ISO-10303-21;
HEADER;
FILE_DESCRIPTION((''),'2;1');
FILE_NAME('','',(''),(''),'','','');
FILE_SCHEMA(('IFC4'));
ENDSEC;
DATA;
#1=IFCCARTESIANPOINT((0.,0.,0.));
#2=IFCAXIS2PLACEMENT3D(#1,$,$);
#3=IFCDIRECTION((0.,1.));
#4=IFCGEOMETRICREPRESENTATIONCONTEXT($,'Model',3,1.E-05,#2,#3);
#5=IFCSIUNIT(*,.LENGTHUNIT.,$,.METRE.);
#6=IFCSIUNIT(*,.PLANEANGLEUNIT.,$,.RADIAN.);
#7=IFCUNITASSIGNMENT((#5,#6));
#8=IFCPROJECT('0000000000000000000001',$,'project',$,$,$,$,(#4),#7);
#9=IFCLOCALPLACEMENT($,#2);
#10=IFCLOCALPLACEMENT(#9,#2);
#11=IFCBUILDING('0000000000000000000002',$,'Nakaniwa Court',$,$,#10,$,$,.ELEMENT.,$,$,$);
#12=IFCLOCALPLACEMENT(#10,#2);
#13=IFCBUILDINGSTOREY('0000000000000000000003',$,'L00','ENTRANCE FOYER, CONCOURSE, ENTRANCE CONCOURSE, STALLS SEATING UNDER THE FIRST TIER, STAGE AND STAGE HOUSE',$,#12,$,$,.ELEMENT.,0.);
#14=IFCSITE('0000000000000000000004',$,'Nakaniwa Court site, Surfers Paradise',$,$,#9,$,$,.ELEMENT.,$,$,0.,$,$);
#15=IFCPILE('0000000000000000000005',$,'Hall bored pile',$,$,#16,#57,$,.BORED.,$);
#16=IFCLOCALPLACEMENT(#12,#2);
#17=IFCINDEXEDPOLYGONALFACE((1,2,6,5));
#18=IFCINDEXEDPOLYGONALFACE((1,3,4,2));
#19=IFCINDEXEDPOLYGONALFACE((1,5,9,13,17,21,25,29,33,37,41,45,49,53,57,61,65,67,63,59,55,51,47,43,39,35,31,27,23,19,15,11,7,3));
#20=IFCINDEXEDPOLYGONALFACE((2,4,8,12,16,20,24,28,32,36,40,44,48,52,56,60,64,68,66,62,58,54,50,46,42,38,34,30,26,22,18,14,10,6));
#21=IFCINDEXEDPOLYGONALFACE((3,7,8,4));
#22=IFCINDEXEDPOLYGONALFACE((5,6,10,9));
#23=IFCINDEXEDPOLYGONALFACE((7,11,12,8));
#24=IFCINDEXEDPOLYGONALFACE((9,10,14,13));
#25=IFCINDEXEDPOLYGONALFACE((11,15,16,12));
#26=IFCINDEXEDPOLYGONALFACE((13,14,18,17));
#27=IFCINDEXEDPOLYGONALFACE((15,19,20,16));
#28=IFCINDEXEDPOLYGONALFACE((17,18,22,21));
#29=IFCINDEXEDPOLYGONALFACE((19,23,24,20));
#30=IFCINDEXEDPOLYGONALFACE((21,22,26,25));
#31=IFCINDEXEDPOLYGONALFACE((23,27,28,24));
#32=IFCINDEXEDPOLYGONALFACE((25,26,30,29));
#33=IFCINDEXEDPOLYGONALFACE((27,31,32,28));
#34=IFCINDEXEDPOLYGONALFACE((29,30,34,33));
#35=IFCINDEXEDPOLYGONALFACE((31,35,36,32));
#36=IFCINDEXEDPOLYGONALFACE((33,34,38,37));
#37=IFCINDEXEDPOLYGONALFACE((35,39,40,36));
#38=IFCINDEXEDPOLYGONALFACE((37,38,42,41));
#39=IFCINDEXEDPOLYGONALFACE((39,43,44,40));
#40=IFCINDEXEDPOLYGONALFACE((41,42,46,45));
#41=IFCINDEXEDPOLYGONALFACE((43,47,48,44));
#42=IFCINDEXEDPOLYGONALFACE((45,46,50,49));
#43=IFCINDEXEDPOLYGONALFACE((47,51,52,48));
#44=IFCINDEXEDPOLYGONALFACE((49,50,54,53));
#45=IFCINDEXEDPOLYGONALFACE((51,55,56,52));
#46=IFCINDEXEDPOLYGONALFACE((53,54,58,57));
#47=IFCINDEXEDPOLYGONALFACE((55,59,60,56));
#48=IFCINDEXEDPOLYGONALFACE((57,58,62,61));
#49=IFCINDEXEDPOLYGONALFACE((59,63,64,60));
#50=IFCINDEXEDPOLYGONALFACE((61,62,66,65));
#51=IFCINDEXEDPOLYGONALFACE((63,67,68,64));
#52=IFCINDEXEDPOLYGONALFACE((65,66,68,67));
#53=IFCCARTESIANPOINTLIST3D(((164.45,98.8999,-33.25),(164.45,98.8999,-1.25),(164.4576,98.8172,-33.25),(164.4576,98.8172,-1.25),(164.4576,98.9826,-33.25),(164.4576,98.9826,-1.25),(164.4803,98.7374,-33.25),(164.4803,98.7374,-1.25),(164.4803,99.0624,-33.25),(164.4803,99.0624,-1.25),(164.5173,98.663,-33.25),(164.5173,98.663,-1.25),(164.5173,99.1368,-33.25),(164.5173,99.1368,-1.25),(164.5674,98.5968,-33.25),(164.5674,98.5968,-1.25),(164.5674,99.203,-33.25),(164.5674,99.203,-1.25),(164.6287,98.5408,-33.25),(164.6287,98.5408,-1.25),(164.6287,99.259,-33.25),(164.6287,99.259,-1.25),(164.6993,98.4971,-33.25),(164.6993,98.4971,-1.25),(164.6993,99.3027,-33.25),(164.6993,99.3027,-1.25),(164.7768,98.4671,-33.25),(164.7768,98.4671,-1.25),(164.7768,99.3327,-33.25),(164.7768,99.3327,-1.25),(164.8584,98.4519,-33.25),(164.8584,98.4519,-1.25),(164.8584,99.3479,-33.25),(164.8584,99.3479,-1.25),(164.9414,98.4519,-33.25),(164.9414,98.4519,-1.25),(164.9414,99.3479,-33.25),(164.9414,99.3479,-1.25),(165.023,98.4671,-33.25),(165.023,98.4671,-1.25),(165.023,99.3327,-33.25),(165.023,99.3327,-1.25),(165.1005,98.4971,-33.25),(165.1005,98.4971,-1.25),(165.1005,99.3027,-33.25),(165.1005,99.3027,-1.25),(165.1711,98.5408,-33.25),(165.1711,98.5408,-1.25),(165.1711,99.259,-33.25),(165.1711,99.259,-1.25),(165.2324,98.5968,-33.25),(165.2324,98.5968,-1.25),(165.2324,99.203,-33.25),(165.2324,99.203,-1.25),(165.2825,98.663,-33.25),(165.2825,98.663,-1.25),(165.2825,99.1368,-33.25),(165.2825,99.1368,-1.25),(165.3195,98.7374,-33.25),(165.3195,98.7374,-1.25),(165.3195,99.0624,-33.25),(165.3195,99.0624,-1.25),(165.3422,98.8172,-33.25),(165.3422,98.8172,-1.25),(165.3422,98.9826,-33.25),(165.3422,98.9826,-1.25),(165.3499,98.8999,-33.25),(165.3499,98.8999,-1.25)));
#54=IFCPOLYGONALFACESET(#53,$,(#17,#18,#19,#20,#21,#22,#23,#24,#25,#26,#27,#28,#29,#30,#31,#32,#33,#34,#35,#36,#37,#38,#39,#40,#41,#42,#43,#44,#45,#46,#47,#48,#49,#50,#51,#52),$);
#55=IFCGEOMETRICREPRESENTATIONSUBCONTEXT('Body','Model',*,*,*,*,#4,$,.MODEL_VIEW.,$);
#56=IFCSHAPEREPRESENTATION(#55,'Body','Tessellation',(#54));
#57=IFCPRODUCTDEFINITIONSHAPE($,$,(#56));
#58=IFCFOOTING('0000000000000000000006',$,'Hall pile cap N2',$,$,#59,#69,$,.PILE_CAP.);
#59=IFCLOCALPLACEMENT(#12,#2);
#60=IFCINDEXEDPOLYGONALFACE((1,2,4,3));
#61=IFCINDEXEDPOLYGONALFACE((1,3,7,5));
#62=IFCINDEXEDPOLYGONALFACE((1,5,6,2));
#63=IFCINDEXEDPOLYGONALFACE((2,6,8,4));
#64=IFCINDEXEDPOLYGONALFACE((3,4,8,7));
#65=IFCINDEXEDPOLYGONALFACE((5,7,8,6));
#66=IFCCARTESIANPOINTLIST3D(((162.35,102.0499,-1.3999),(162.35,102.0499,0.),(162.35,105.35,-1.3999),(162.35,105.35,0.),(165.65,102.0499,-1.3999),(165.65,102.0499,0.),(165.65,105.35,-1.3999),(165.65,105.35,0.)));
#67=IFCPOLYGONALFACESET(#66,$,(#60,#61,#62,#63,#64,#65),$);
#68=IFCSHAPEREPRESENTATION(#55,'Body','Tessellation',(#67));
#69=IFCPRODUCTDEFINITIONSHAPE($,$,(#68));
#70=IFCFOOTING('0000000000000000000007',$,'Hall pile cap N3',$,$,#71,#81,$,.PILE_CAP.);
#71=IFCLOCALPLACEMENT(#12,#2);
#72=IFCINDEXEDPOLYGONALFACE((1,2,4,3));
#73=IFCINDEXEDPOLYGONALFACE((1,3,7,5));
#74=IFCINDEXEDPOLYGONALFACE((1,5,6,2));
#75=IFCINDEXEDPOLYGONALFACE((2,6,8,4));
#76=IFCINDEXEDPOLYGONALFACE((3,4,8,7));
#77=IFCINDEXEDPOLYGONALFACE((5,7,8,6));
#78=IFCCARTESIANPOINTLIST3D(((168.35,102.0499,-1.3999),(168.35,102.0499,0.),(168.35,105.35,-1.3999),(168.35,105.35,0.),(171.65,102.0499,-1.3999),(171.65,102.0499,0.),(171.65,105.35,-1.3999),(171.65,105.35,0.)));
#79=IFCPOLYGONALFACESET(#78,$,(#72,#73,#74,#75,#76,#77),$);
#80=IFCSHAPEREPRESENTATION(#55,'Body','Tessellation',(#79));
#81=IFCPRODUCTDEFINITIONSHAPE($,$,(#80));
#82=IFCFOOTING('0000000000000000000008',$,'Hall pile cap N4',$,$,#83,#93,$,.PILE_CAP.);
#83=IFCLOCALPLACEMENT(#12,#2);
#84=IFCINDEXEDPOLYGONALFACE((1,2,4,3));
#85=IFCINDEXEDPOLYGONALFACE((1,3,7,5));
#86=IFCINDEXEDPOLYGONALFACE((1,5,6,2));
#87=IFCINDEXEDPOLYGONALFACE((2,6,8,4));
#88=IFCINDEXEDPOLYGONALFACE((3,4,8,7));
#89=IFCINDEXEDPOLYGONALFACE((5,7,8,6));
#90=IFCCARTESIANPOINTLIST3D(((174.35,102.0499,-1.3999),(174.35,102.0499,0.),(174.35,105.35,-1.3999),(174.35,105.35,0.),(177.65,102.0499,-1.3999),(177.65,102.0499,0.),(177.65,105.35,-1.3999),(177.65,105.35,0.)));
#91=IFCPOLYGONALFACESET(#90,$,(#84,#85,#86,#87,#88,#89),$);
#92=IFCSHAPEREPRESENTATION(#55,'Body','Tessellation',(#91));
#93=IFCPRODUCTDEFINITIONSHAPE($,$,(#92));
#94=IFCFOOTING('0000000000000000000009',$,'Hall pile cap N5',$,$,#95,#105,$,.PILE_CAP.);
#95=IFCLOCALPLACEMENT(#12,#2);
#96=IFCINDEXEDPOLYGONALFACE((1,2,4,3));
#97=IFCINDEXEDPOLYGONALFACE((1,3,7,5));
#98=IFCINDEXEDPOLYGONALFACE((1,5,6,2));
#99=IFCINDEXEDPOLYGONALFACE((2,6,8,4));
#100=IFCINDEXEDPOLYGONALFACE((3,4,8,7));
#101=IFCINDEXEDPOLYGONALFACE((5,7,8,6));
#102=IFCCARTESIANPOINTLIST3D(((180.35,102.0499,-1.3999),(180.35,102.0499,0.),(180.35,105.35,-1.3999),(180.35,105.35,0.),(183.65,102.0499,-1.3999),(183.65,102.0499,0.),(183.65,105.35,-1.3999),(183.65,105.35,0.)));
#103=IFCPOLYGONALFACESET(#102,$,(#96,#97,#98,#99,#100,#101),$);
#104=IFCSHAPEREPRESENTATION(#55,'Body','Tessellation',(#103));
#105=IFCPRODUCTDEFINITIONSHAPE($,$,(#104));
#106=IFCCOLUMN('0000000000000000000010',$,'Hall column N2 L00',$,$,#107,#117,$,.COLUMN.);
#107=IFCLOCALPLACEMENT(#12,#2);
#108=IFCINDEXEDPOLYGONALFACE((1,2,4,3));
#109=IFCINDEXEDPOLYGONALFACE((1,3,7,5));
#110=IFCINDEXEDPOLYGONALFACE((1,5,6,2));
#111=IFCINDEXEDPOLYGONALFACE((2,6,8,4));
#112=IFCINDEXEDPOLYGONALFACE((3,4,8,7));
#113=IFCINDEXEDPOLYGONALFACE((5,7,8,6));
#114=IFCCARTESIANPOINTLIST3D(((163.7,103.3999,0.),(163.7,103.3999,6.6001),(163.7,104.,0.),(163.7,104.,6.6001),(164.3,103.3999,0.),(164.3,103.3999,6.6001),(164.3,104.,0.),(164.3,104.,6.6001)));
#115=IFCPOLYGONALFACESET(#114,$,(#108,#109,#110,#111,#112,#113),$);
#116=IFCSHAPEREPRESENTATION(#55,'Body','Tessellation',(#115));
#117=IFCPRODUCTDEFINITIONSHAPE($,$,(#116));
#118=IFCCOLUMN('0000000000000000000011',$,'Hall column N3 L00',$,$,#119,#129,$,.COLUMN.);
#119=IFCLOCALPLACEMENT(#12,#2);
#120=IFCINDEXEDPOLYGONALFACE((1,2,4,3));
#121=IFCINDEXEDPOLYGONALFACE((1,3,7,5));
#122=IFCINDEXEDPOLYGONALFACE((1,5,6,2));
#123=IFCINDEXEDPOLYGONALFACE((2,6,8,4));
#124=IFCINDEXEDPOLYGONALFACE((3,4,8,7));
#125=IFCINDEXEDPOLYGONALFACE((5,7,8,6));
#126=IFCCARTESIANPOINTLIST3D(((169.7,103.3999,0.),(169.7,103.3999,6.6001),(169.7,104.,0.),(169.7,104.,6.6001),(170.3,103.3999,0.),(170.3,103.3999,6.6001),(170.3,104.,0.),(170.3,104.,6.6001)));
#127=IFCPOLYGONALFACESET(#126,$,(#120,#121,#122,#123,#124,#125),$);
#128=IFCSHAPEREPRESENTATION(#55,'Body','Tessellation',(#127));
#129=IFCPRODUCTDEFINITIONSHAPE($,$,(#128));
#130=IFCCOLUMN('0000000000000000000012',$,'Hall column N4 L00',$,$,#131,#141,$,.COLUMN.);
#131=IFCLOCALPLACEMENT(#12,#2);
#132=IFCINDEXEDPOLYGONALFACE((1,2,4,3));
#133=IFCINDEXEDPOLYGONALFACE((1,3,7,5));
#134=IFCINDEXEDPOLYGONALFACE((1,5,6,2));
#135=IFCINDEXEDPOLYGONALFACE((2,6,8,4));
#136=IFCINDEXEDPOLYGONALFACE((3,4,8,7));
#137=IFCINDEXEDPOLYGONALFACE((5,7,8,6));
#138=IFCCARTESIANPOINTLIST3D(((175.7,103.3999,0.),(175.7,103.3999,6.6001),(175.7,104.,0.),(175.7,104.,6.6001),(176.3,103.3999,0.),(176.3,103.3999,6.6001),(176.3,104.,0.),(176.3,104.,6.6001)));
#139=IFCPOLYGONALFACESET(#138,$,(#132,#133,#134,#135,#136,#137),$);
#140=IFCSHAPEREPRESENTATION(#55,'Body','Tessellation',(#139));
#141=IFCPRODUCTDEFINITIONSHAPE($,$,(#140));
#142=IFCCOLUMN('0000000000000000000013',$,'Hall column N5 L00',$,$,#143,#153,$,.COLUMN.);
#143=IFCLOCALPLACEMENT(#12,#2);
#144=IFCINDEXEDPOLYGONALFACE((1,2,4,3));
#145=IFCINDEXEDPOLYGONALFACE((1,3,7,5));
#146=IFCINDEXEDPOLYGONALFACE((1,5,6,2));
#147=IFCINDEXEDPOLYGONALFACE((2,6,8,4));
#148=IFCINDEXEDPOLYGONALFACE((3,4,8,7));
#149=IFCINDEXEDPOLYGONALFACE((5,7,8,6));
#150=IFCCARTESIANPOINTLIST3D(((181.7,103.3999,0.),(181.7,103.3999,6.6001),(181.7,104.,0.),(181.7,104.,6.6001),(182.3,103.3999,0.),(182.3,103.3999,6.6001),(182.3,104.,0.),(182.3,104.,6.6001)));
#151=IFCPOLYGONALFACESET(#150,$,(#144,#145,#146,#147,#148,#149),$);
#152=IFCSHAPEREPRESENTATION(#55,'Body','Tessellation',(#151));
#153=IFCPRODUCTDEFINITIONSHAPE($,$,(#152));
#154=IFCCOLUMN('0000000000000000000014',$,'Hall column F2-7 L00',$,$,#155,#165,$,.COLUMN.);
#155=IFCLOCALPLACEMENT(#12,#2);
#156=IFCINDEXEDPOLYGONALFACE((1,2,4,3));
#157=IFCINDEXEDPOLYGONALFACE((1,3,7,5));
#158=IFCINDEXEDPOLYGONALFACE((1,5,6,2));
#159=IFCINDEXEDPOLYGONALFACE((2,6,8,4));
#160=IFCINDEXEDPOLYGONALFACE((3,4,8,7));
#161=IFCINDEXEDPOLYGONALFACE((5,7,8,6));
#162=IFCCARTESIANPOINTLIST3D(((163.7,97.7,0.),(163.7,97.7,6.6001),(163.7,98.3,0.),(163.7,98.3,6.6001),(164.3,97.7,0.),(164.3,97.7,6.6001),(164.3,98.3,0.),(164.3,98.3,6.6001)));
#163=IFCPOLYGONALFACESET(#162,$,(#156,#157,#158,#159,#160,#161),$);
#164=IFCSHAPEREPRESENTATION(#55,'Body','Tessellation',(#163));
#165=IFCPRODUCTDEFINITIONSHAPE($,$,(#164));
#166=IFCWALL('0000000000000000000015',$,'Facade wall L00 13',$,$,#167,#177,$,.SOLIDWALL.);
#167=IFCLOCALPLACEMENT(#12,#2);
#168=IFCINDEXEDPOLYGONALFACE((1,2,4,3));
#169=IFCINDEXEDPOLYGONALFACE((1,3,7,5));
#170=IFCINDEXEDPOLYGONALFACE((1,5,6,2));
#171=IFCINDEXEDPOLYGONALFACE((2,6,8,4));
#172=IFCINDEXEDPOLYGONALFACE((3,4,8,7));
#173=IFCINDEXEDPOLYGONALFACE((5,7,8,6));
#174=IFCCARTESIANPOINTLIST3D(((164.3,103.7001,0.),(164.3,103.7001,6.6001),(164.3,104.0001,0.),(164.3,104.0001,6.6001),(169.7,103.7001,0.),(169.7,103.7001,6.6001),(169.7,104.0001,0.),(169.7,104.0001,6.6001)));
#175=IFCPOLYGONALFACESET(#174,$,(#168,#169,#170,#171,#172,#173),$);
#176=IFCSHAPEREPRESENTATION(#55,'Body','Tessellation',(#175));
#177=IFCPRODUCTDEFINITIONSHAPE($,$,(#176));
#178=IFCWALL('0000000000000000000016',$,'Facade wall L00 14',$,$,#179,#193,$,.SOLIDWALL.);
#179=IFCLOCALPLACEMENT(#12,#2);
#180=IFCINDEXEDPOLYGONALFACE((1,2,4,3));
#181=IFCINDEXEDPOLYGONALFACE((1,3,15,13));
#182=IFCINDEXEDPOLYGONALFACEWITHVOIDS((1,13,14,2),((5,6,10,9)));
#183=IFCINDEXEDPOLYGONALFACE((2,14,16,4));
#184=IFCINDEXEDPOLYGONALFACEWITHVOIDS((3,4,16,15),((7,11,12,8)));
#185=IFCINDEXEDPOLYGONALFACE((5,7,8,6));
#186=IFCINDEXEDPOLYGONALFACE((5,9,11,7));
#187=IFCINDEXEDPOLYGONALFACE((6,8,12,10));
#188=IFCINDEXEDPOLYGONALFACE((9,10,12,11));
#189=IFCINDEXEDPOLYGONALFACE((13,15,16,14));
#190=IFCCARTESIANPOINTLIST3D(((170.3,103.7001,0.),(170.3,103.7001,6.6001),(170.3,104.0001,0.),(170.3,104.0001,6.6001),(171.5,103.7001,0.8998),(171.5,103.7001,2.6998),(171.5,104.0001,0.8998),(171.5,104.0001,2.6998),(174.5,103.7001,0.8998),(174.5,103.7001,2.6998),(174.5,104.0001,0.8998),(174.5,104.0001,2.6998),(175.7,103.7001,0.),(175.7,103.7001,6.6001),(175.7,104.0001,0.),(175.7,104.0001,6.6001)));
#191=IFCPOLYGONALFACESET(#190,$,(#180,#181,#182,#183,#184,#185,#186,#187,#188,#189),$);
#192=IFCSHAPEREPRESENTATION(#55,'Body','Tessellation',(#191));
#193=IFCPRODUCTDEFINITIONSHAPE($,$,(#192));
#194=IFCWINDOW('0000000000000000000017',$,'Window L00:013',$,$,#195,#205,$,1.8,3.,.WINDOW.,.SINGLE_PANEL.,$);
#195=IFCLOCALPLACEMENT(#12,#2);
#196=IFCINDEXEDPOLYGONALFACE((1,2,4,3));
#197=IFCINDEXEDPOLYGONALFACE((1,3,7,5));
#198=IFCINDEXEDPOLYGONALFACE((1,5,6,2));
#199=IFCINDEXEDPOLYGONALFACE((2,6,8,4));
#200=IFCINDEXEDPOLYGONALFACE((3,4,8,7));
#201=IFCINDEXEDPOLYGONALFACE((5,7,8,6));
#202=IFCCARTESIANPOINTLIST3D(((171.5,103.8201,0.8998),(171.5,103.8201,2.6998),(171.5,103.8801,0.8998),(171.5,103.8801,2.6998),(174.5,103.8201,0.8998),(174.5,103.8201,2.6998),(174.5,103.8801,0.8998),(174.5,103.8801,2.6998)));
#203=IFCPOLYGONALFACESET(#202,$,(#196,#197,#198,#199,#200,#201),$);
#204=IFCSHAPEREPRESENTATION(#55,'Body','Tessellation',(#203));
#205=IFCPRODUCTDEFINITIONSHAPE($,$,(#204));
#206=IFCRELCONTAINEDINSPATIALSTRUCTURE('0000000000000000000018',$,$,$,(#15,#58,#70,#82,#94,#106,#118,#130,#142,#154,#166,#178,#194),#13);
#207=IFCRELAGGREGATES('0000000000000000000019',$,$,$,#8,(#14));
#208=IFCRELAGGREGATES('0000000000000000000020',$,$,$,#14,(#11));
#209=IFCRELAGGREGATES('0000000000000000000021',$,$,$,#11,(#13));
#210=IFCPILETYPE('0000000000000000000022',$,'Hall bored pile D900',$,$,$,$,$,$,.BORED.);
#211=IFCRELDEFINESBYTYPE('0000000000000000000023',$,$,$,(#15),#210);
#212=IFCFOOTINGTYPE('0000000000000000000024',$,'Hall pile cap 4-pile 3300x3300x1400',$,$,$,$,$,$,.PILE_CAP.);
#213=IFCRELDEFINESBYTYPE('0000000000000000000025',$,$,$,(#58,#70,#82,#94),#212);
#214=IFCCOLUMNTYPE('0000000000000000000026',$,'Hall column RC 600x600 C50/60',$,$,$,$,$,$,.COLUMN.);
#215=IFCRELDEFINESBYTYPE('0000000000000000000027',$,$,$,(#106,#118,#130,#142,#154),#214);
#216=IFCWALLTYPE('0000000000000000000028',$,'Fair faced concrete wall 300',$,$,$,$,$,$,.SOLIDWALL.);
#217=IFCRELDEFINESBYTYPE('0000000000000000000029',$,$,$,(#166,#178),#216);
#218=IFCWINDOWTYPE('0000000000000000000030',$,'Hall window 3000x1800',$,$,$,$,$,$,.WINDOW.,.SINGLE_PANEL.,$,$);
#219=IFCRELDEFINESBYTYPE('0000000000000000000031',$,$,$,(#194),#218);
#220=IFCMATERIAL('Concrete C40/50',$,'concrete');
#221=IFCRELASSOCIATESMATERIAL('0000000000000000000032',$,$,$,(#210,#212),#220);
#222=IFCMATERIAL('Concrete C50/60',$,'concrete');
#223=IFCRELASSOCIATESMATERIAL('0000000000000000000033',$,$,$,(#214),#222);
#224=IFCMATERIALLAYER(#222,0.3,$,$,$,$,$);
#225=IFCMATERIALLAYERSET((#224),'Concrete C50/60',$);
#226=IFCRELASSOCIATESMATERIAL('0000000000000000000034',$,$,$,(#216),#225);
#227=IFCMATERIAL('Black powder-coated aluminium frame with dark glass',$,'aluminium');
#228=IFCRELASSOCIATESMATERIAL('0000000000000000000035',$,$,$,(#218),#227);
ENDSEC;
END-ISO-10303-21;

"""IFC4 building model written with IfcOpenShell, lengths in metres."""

from ifc_helpers import new_model, si_unit, direction, frame, frame_2d, origin, origin_2d, place, context, subcontext, project, spatial, rectangle, circle, extrude, material, layer, layer_set, material_profile, profile_set, type_object, element, fill, save


model = new_model("IFC4")

# Units and contexts
model_context = context("Model", 3, precision=1e-05, world=origin(), true_north=direction((0.0, 1.0)))
body_context = subcontext(model_context, "Body", "Model", "MODEL_VIEW")
ifc_project = project(units=[si_unit("LENGTHUNIT", "METRE"), si_unit("PLANEANGLEUNIT", "RADIAN")], contexts=[model_context])

# Site, building, storey
site_placement = place(None, origin())
site = spatial("IfcSite", under=ifc_project, at=site_placement, Name="Nakaniwa Court site, Surfers Paradise", CompositionType="ELEMENT", RefElevation=0.0)
building_placement = place(site_placement, origin())
building = spatial("IfcBuilding", under=site, at=building_placement, Name="Nakaniwa Court", CompositionType="ELEMENT")
storey_placement = place(building_placement, origin())
storey = spatial("IfcBuildingStorey", under=building, at=storey_placement, Name="L00", Description="ENTRANCE FOYER, CONCOURSE, ENTRANCE CONCOURSE, STALLS SEATING UNDER THE FIRST TIER, STAGE AND STAGE HOUSE", CompositionType="ELEMENT", Elevation=0.0)

# Pile
ifc_material_1 = material(Name="Concrete C40/50", Category="concrete")
ifc_material_profile_1 = material_profile(ifc_material_1, circle(Radius=0.45, at=origin_2d()), Name="Bored pile D900")
ifc_profile_set_1 = profile_set([ifc_material_profile_1], Name="Concrete C40/50")
pile_type = type_object("IfcPileType", Name="Hall bored pile D900", PredefinedType="BORED", material=ifc_profile_set_1)
for number, where, z_axis, x_axis, name in (
    (1, (164.8999, 98.8999, -1.25), (0.0, 0.0, -1.0), (1.0, 0.0, 0.0), "Hall bored pile"),
):
    element("IfcPile", number, at=place(storey_placement, frame(where, z_axis=z_axis, x_axis=x_axis)), inside=storey, type_object=pile_type, Name=name, PredefinedType="BORED", context=body_context, shape_type="SweptSolid", body=[
        extrude(circle(Radius=0.45, at=origin_2d()), origin(), (0.0, 0.0, 1.0), 32.0),
    ])

# Footings
footing_type = type_object("IfcFootingType", Name="Hall pile cap 4-pile 3300x3300x1400", PredefinedType="PILE_CAP", material=ifc_material_1)
for number, where, z_axis, x_axis, name in (
    (2, (164.0, 103.7, -1.3999), (0.0, 0.0, 1.0), (1.0, 0.0, 0.0), "Hall pile cap N2"),
    (3, (170.0, 103.7, -1.3999), (0.0, 0.0, 1.0), (1.0, 0.0, 0.0), "Hall pile cap N3"),
    (4, (176.0, 103.7, -1.3999), (0.0, 0.0, 1.0), (1.0, 0.0, 0.0), "Hall pile cap N4"),
    (5, (182.0, 103.7, -1.3999), (0.0, 0.0, 1.0), (1.0, 0.0, 0.0), "Hall pile cap N5"),
):
    element("IfcFooting", number, at=place(storey_placement, frame(where, z_axis=z_axis, x_axis=x_axis)), inside=storey, type_object=footing_type, Name=name, PredefinedType="PILE_CAP", context=body_context, shape_type="SweptSolid", body=[
        extrude(rectangle(XDim=3.3, YDim=3.3, at=origin_2d()), origin(), (0.0, 0.0, 1.0), 1.3999),
    ])

# Columns
ifc_material_2 = material(Name="Concrete C50/60", Category="concrete")
ifc_material_profile_2 = material_profile(ifc_material_2, rectangle(XDim=0.6001, YDim=0.6001, at=origin_2d()), Name="RC 600x600")
ifc_profile_set_2 = profile_set([ifc_material_profile_2], Name="Concrete C50/60")
column_type = type_object("IfcColumnType", Name="Hall column RC 600x600 C50/60", PredefinedType="COLUMN", material=ifc_profile_set_2)
for number, where, z_axis, x_axis, name in (
    (6, (164.0, 103.7, 0.0), (0.0, 0.0, 1.0), (1.0, 0.0, 0.0), "Hall column N2 L00"),
    (7, (170.0, 103.7, 0.0), (0.0, 0.0, 1.0), (1.0, 0.0, 0.0), "Hall column N3 L00"),
    (8, (176.0, 103.7, 0.0), (0.0, 0.0, 1.0), (1.0, 0.0, 0.0), "Hall column N4 L00"),
    (9, (182.0, 103.7, 0.0), (0.0, 0.0, 1.0), (1.0, 0.0, 0.0), "Hall column N5 L00"),
    (10, (164.0, 98.0, 0.0), (0.0, 0.0, 1.0), (1.0, 0.0, 0.0), "Hall column F2-7 L00"),
):
    element("IfcColumn", number, at=place(storey_placement, frame(where, z_axis=z_axis, x_axis=x_axis)), inside=storey, type_object=column_type, Name=name, PredefinedType="COLUMN", context=body_context, shape_type="SweptSolid", body=[
        extrude(rectangle(XDim=0.6001, YDim=0.6001, at=origin_2d()), origin(), (0.0, 0.0, 1.0), 6.6001),
    ])

# Wall
ifc_layer_1 = layer(ifc_material_2, 0.3)
ifc_layer_set_1 = layer_set([ifc_layer_1], Name="Concrete C50/60")
wall_type_1 = type_object("IfcWallType", Name="Fair faced concrete wall 300", PredefinedType="SOLIDWALL", material=ifc_layer_set_1)
wall_1_placement = place(storey_placement, frame((164.3, 103.8501, 0.0), z_axis=(0.0, 0.0, 1.0), x_axis=(1.0, 0.0, 0.0)))
element("IfcWall", 11, at=wall_1_placement, inside=storey, type_object=wall_type_1, Name="Facade wall L00 13", PredefinedType="SOLIDWALL", context=body_context, shape_type="SweptSolid", body=[
    extrude(rectangle(XDim=5.3999, YDim=0.3, at=frame_2d((2.7, 0.0))), origin(), (0.0, 0.0, 1.0), 6.6001),
])

# Wall, opening, window
wall_2_placement = place(storey_placement, frame((170.3, 103.8501, 0.0), z_axis=(0.0, 0.0, 1.0), x_axis=(1.0, 0.0, 0.0)))
wall_2 = element("IfcWall", 12, at=wall_2_placement, inside=storey, type_object=wall_type_1, Name="Facade wall L00 14", PredefinedType="SOLIDWALL", context=body_context, shape_type="SweptSolid", body=[
    extrude(rectangle(XDim=5.3999, YDim=0.3, at=frame_2d((2.7, 0.0))), origin(), (0.0, 0.0, 1.0), 6.6001),
])
opening_1_placement = place(wall_2_placement, frame((1.2, 0.0, 0.8999)))
opening_1 = element("IfcOpeningElement", 13, at=opening_1_placement, cuts=wall_2, PredefinedType="OPENING", context=body_context, shape_type="SweptSolid", body=[
    extrude(rectangle(XDim=3.0, YDim=1.8, at=frame_2d((1.5, 0.8999))), frame((0.0, 0.1599, 0.0), z_axis=(0.0, -1.0, 0.0), x_axis=(1.0, 0.0, 0.0)), (0.0, 0.0, 1.0), 0.3201),
])
ifc_material_3 = material(Name="Black powder-coated aluminium frame with dark glass", Category="aluminium")
window_type = type_object("IfcWindowType", Name="Hall window 3000x1800", PartitioningType="SINGLE_PANEL", PredefinedType="WINDOW", material=ifc_material_3)
window_placement = place(opening_1_placement, origin())
window = element("IfcWindow", 14, at=window_placement, inside=storey, type_object=window_type, Name="Window L00:013", OverallHeight=1.8, OverallWidth=3.0, PartitioningType="SINGLE_PANEL", PredefinedType="WINDOW", context=body_context, shape_type="SweptSolid", body=[
    extrude(rectangle(XDim=3.0, YDim=1.8, at=frame_2d((1.5, 0.8999))), frame((0.0, 0.03, 0.0), z_axis=(0.0, -1.0, 0.0), x_axis=(1.0, 0.0, 0.0)), (0.0, 0.0, 1.0), 0.0601),
])
fill(opening_1, window)

save(model, "model.ifc")
